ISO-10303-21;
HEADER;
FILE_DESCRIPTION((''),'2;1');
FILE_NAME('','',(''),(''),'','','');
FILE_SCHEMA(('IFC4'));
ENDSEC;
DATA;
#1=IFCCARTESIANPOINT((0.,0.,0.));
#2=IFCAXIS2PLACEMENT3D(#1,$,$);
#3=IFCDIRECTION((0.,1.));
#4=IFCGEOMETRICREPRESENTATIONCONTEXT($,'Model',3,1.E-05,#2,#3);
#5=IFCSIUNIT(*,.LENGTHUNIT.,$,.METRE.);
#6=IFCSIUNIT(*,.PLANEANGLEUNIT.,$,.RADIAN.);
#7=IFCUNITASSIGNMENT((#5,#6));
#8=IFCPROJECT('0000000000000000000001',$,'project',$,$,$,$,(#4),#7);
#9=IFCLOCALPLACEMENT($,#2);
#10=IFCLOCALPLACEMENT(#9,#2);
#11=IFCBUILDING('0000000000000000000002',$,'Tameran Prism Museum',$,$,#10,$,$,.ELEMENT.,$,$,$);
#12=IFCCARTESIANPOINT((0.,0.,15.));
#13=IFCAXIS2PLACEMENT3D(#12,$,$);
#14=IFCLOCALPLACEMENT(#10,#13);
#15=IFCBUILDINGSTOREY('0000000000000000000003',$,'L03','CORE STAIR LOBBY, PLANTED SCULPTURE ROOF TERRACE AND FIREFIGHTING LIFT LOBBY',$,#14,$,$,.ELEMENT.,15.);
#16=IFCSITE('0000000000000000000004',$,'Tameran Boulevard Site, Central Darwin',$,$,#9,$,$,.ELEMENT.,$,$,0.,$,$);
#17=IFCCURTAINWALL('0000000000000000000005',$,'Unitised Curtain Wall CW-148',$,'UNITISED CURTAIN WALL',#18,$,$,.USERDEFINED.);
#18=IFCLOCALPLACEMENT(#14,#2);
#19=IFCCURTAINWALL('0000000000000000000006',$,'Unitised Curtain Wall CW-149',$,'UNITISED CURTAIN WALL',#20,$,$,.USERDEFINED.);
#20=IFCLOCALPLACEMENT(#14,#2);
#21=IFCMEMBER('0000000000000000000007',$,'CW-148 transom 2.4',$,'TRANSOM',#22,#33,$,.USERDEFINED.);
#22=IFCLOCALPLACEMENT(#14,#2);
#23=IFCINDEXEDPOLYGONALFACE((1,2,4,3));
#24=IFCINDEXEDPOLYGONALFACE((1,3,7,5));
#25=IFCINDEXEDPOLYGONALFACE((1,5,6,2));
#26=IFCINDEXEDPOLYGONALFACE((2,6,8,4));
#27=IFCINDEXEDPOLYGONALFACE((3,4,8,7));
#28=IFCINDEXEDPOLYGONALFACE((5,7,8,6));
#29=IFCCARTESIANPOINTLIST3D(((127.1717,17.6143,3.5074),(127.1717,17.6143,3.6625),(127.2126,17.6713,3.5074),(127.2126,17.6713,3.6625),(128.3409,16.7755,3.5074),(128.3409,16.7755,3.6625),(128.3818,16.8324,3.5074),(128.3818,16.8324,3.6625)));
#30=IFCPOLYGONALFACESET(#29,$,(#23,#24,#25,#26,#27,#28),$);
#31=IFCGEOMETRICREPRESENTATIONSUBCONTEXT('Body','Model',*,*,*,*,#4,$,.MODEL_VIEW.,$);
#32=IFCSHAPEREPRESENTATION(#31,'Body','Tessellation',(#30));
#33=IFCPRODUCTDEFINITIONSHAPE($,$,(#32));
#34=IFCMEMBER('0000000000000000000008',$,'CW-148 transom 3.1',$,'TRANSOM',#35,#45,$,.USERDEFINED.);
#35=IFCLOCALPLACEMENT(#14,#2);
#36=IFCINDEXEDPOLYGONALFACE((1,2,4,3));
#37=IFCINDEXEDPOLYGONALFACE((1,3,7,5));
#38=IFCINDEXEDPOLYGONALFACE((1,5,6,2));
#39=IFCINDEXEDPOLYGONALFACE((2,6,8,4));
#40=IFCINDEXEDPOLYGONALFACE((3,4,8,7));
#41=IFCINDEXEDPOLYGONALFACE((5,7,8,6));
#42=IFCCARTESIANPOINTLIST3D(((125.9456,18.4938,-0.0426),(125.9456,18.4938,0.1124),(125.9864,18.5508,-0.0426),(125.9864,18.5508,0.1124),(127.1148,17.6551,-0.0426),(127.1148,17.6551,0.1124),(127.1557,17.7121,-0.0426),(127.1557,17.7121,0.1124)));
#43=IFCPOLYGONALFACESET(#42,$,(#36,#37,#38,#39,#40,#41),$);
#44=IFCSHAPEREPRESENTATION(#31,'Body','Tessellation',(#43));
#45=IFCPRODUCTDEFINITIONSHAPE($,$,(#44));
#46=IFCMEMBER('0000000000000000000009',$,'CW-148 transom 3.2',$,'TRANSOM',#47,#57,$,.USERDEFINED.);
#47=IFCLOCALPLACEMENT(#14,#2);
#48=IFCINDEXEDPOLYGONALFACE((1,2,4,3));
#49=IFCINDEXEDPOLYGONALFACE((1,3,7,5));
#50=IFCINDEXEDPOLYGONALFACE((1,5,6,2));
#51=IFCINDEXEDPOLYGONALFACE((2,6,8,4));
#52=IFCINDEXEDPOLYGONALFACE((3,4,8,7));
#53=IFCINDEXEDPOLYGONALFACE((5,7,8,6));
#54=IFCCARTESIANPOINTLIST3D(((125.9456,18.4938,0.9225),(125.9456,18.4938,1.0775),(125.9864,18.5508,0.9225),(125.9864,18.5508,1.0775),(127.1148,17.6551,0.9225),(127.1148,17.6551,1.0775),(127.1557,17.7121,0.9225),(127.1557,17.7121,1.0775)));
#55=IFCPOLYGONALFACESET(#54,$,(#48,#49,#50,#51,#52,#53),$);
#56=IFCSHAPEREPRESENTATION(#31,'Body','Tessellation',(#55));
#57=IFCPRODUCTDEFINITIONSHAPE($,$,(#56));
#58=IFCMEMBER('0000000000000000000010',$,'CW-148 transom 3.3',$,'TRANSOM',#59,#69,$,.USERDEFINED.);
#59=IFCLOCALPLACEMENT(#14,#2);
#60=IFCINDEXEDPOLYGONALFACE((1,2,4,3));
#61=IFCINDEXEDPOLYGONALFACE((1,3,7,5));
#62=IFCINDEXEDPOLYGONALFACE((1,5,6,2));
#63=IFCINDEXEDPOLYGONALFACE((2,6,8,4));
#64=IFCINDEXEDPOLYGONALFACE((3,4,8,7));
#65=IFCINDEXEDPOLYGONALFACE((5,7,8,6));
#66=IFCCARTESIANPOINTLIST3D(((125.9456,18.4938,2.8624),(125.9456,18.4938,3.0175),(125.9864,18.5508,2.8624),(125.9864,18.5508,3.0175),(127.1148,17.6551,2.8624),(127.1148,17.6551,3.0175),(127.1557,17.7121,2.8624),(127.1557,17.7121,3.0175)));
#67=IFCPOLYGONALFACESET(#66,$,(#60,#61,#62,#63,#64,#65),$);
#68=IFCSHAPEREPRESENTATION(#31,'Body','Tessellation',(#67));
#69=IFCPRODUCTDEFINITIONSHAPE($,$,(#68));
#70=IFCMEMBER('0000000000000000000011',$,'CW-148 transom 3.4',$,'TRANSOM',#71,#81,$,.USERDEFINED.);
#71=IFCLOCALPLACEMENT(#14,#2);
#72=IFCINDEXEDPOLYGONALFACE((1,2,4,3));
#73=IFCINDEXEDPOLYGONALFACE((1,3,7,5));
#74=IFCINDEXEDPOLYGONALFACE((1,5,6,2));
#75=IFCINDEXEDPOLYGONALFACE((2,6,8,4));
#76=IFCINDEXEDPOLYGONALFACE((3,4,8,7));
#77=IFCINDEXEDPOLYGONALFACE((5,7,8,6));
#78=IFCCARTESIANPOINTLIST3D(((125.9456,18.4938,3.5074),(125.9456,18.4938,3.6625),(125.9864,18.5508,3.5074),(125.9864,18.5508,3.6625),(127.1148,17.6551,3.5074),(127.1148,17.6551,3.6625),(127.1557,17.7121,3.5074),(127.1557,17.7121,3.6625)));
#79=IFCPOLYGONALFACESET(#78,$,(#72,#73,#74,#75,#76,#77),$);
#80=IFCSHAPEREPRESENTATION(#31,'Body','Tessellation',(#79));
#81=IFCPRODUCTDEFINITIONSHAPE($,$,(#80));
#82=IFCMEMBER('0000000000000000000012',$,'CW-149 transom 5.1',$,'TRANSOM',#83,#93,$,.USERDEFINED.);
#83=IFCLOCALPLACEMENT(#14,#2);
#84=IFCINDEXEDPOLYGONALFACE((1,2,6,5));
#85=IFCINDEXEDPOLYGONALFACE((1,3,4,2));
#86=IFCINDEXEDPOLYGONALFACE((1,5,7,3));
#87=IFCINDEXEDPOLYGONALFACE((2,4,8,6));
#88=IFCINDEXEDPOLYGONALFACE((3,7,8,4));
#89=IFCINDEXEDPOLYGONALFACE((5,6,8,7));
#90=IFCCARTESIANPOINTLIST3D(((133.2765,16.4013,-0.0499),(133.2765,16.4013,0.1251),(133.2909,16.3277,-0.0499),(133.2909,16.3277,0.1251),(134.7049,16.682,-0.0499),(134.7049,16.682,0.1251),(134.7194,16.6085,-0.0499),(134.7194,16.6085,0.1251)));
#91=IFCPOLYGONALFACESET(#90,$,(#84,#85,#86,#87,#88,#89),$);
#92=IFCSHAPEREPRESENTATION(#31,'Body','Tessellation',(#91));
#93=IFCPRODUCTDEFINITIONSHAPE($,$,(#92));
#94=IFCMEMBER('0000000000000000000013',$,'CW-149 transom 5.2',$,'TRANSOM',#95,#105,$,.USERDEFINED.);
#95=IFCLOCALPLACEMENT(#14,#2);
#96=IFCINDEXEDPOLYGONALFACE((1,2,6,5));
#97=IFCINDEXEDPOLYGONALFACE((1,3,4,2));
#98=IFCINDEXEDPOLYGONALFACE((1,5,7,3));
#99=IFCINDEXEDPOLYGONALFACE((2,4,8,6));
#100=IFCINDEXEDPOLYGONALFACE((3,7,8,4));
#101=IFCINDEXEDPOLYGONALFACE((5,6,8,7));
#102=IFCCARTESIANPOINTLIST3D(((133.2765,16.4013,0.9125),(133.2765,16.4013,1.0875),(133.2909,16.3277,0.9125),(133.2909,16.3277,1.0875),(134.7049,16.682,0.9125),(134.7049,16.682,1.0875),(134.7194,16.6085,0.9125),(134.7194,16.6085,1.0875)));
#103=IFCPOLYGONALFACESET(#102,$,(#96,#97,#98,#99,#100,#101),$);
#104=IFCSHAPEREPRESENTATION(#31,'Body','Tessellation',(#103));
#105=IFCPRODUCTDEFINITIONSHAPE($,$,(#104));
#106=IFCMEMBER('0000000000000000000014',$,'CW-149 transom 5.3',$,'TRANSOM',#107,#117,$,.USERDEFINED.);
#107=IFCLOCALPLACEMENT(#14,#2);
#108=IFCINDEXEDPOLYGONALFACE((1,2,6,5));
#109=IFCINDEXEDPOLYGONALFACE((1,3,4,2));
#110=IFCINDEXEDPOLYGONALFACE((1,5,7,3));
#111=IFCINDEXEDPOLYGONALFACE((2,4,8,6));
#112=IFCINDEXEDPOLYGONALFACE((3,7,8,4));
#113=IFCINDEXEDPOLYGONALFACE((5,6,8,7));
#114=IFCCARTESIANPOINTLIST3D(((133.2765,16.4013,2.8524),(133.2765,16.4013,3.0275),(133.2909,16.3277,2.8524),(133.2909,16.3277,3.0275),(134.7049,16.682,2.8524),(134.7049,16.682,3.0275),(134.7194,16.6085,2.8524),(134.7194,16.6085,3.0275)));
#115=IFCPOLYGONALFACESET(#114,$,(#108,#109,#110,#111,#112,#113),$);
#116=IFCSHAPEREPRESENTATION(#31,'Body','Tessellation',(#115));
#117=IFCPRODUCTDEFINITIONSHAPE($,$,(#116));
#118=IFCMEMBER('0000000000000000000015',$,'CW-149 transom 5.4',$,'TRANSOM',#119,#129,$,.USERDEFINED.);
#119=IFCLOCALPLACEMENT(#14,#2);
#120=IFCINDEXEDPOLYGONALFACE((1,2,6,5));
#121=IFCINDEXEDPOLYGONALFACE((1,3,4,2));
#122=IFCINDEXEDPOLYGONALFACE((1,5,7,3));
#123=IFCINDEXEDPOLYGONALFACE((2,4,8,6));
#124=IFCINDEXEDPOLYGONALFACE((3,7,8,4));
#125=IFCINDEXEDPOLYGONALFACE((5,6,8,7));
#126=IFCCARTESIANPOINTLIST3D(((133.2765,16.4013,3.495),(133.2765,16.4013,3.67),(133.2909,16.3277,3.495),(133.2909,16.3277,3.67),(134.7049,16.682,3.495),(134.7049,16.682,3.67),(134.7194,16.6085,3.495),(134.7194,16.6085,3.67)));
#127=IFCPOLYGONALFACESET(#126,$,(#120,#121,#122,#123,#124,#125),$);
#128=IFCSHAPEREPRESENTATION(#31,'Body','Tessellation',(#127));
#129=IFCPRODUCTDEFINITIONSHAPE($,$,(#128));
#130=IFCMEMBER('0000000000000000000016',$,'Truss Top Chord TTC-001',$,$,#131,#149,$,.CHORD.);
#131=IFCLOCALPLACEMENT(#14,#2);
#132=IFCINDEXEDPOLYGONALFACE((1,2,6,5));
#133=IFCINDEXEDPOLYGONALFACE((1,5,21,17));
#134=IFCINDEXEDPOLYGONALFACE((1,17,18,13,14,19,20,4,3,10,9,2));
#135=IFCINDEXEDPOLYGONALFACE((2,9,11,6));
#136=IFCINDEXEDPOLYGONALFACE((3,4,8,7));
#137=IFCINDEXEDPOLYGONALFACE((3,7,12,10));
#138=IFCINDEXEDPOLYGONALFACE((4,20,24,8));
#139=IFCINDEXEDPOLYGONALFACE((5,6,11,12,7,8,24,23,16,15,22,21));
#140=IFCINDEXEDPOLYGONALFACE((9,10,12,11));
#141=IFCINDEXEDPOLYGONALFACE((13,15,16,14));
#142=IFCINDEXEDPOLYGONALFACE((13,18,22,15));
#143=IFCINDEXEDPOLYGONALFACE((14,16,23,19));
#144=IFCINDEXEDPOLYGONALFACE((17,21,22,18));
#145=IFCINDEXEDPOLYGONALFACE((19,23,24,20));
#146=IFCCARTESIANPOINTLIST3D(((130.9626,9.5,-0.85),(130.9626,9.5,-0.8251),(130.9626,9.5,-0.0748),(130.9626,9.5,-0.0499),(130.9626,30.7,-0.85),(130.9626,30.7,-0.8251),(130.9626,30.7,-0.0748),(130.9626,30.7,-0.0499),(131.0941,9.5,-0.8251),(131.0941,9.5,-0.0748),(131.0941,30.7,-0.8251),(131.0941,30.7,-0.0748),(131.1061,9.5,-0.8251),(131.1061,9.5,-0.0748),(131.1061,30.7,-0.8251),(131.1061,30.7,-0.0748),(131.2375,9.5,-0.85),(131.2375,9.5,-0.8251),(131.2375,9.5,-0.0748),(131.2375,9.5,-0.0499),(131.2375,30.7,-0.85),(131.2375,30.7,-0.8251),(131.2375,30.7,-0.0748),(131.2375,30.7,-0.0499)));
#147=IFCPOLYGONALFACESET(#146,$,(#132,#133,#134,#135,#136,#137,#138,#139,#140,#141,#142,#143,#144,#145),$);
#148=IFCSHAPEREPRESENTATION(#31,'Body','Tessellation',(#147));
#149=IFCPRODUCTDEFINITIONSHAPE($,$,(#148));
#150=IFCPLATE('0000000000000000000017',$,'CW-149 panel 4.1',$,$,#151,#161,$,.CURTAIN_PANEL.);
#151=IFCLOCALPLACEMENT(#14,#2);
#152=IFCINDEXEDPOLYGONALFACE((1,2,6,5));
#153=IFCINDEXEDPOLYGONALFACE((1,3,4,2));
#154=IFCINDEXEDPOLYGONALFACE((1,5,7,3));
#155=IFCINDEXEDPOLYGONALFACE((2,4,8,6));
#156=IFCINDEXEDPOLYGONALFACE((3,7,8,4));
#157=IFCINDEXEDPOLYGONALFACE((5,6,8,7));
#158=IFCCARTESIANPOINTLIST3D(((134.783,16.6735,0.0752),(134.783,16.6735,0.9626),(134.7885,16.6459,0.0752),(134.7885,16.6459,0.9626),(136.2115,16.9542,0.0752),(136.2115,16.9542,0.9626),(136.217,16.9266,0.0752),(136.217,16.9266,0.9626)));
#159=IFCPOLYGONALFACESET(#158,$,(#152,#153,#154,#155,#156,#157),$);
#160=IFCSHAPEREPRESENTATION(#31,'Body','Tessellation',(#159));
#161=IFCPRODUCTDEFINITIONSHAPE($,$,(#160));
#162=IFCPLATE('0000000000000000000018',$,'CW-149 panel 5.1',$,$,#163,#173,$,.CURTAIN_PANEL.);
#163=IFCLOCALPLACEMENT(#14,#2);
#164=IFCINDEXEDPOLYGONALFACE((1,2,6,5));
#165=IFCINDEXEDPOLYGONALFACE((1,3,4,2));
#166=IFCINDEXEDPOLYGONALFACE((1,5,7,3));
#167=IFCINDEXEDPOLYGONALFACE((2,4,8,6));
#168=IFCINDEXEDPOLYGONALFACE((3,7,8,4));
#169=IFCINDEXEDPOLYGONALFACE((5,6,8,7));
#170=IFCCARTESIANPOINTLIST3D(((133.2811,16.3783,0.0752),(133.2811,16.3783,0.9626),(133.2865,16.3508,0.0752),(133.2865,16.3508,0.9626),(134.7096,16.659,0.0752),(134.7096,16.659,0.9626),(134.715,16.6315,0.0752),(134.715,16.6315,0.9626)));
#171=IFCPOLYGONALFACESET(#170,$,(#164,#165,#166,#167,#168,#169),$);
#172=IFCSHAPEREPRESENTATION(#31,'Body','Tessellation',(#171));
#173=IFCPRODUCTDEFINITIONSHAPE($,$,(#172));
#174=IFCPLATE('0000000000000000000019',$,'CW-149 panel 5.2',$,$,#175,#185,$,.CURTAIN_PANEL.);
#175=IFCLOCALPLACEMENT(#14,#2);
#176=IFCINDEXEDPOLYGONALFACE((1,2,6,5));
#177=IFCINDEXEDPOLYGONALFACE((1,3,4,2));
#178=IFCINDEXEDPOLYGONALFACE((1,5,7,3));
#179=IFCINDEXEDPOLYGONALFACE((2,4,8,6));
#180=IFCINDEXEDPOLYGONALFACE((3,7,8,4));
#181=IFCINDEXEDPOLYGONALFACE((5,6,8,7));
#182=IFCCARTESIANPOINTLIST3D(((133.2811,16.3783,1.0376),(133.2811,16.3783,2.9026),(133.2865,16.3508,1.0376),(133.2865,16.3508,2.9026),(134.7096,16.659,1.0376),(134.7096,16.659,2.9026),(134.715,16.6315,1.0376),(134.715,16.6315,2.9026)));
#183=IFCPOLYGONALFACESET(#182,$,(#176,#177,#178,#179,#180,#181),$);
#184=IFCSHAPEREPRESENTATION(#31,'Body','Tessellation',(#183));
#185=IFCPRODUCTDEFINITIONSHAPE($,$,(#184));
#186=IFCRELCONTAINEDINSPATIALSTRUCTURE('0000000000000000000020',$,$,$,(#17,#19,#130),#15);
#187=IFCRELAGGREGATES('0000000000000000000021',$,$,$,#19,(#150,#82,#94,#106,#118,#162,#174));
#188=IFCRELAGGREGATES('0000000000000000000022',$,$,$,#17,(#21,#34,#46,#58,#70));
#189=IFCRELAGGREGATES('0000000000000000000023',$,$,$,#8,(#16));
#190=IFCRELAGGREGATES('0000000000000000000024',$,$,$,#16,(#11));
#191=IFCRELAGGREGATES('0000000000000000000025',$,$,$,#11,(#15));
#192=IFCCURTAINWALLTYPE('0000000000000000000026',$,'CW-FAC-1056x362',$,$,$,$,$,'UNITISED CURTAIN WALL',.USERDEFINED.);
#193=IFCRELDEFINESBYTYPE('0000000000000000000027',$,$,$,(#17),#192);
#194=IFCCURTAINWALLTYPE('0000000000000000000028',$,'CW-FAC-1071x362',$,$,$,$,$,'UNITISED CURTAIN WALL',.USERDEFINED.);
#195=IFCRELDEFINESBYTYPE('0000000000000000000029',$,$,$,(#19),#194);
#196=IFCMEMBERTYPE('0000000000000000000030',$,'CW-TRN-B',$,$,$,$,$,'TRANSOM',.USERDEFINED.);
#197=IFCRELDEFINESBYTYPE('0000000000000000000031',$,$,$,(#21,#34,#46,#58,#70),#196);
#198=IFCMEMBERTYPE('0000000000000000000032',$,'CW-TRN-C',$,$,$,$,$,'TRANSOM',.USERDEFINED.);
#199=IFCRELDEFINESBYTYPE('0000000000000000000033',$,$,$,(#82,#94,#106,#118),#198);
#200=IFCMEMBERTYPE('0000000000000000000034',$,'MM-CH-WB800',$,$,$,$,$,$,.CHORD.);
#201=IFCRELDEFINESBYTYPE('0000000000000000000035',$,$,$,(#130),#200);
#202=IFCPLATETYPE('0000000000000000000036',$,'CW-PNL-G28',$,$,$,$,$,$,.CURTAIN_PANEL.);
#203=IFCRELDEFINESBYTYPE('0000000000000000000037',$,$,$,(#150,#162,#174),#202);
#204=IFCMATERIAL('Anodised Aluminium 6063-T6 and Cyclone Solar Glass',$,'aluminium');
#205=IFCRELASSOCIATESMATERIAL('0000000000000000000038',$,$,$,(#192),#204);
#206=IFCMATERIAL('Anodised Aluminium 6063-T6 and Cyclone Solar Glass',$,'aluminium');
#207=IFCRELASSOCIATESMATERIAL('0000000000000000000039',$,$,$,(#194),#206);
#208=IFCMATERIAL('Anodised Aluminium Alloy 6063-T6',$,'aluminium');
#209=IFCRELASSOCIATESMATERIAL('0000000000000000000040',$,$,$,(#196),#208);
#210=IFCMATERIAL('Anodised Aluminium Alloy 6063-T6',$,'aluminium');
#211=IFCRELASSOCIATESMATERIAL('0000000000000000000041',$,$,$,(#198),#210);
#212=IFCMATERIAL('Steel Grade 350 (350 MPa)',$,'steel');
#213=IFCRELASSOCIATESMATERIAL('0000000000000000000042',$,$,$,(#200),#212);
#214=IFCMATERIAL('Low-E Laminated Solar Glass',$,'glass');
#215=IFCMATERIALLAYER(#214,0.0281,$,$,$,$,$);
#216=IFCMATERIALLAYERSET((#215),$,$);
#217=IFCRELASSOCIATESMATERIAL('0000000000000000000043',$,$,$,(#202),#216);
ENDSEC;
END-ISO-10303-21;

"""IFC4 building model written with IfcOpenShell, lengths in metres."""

from ifc_helpers import new_model, si_unit, direction, frame, origin, origin_2d, place, context, subcontext, project, spatial, rectangle, i_section, extrude, material, layer, layer_set, material_profile, profile_set, type_object, element, aggregate, save


model = new_model("IFC4")

# Units and contexts
model_context = context("Model", 3, precision=1e-05, world=origin(), true_north=direction((0.0, 1.0)))
body_context = subcontext(model_context, "Body", "Model", "MODEL_VIEW")
ifc_project = project(units=[si_unit("LENGTHUNIT", "METRE"), si_unit("PLANEANGLEUNIT", "RADIAN")], contexts=[model_context])

# Site, building, storey
site_placement = place(None, origin())
site = spatial("IfcSite", under=ifc_project, at=site_placement, Name="Tameran Boulevard Site, Central Darwin", CompositionType="ELEMENT", RefElevation=0.0)
building_placement = place(site_placement, origin())
building = spatial("IfcBuilding", under=site, at=building_placement, Name="Tameran Prism Museum", CompositionType="ELEMENT")
storey_placement = place(building_placement, frame((0.0, 0.0, 15.0)))
storey = spatial("IfcBuildingStorey", under=building, at=storey_placement, Name="L03", Description="CORE STAIR LOBBY, PLANTED SCULPTURE ROOF TERRACE AND FIREFIGHTING LIFT LOBBY", CompositionType="ELEMENT", Elevation=15.0)

# Curtain walls
ifc_material_1 = material(Name="Anodised Aluminium 6063-T6 and Cyclone Solar Glass", Category="aluminium")
curtain_wall_type_1 = type_object("IfcCurtainWallType", Name="CW-FAC-1056x362", ElementType="UNITISED CURTAIN WALL", PredefinedType="USERDEFINED", material=ifc_material_1)
curtain_wall_1_placement = place(storey_placement, origin())
curtain_wall_1 = element("IfcCurtainWall", 1, at=curtain_wall_1_placement, inside=storey, type_object=curtain_wall_type_1, Name="Unitised Curtain Wall CW-148", ObjectType="UNITISED CURTAIN WALL", PredefinedType="USERDEFINED")
ifc_material_2 = material(Name="Anodised Aluminium 6063-T6 and Cyclone Solar Glass", Category="aluminium")
curtain_wall_type_2 = type_object("IfcCurtainWallType", Name="CW-FAC-1071x362", ElementType="UNITISED CURTAIN WALL", PredefinedType="USERDEFINED", material=ifc_material_2)
curtain_wall_2_placement = place(storey_placement, origin())
curtain_wall_2 = element("IfcCurtainWall", 2, at=curtain_wall_2_placement, inside=storey, type_object=curtain_wall_type_2, Name="Unitised Curtain Wall CW-149", ObjectType="UNITISED CURTAIN WALL", PredefinedType="USERDEFINED")

# Members
ifc_material_3 = material(Name="Anodised Aluminium Alloy 6063-T6", Category="aluminium")
ifc_material_profile_1 = material_profile(ifc_material_3, rectangle(XDim=0.0701, YDim=0.155, at=origin_2d()))
ifc_profile_set_1 = profile_set([ifc_material_profile_1])
member_type_1 = type_object("IfcMemberType", Name="CW-TRN-B", ElementType="TRANSOM", PredefinedType="USERDEFINED", material=ifc_profile_set_1)
member_1_placement = place(storey_placement, frame((128.3613, 16.804, 3.585), z_axis=(-0.812505, 0.582954, 0.0), x_axis=(-0.582954, -0.812505, 0.0)))
member_1 = element("IfcMember", 3, at=member_1_placement, type_object=member_type_1, Name="CW-148 transom 2.4", ObjectType="TRANSOM", PredefinedType="USERDEFINED", context=body_context, shape_type="SweptSolid", body=[
    extrude(rectangle(XDim=0.0701, YDim=0.155, at=origin_2d()), origin(), (0.0, 0.0, 1.0), 1.439),
])
member_2_placement = place(storey_placement, frame((127.1353, 17.6836, 0.0349), z_axis=(-0.812585, 0.582842, 0.0), x_axis=(-0.582842, -0.812585, 0.0)))
member_2 = element("IfcMember", 4, at=member_2_placement, type_object=member_type_1, Name="CW-148 transom 3.1", ObjectType="TRANSOM", PredefinedType="USERDEFINED", context=body_context, shape_type="SweptSolid", body=[
    extrude(rectangle(XDim=0.0701, YDim=0.155, at=origin_2d()), origin(), (0.0, 0.0, 1.0), 1.439),
])
member_3_placement = place(storey_placement, frame((127.1353, 17.6836, 1.0), z_axis=(-0.812585, 0.582842, 0.0), x_axis=(-0.582842, -0.812585, 0.0)))
member_3 = element("IfcMember", 5, at=member_3_placement, type_object=member_type_1, Name="CW-148 transom 3.2", ObjectType="TRANSOM", PredefinedType="USERDEFINED", context=body_context, shape_type="SweptSolid", body=[
    extrude(rectangle(XDim=0.0701, YDim=0.155, at=origin_2d()), origin(), (0.0, 0.0, 1.0), 1.439),
])
member_4_placement = place(storey_placement, frame((127.1353, 17.6836, 2.9399), z_axis=(-0.812585, 0.582842, 0.0), x_axis=(-0.582842, -0.812585, 0.0)))
member_4 = element("IfcMember", 6, at=member_4_placement, type_object=member_type_1, Name="CW-148 transom 3.3", ObjectType="TRANSOM", PredefinedType="USERDEFINED", context=body_context, shape_type="SweptSolid", body=[
    extrude(rectangle(XDim=0.0701, YDim=0.155, at=origin_2d()), origin(), (0.0, 0.0, 1.0), 1.439),
])
member_5_placement = place(storey_placement, frame((127.1353, 17.6836, 3.585), z_axis=(-0.812585, 0.582842, 0.0), x_axis=(-0.582842, -0.812585, 0.0)))
member_5 = element("IfcMember", 7, at=member_5_placement, type_object=member_type_1, Name="CW-148 transom 3.4", ObjectType="TRANSOM", PredefinedType="USERDEFINED", context=body_context, shape_type="SweptSolid", body=[
    extrude(rectangle(XDim=0.0701, YDim=0.155, at=origin_2d()), origin(), (0.0, 0.0, 1.0), 1.439),
])
ifc_material_4 = material(Name="Anodised Aluminium Alloy 6063-T6", Category="aluminium")
ifc_material_profile_2 = material_profile(ifc_material_4, rectangle(XDim=0.075, YDim=0.175, at=origin_2d()))
ifc_profile_set_2 = profile_set([ifc_material_profile_2])
member_type_2 = type_object("IfcMemberType", Name="CW-TRN-C", ElementType="TRANSOM", PredefinedType="USERDEFINED", material=ifc_profile_set_2)
member_6_placement = place(storey_placement, frame((134.7122, 16.6453, 0.0376), z_axis=(-0.981227, -0.192858, 0.0), x_axis=(0.192858, -0.981227, 0.0)))
member_6 = element("IfcMember", 8, at=member_6_placement, type_object=member_type_2, Name="CW-149 transom 5.1", ObjectType="TRANSOM", PredefinedType="USERDEFINED", context=body_context, shape_type="SweptSolid", body=[
    extrude(rectangle(XDim=0.075, YDim=0.175, at=origin_2d()), origin(), (0.0, 0.0, 1.0), 1.4558),
])
member_7_placement = place(storey_placement, frame((134.7122, 16.6453, 1.0), z_axis=(-0.981227, -0.192858, 0.0), x_axis=(0.192858, -0.981227, 0.0)))
member_7 = element("IfcMember", 9, at=member_7_placement, type_object=member_type_2, Name="CW-149 transom 5.2", ObjectType="TRANSOM", PredefinedType="USERDEFINED", context=body_context, shape_type="SweptSolid", body=[
    extrude(rectangle(XDim=0.075, YDim=0.175, at=origin_2d()), origin(), (0.0, 0.0, 1.0), 1.4558),
])
member_8_placement = place(storey_placement, frame((134.7122, 16.6453, 2.9399), z_axis=(-0.981227, -0.192858, 0.0), x_axis=(0.192858, -0.981227, 0.0)))
member_8 = element("IfcMember", 10, at=member_8_placement, type_object=member_type_2, Name="CW-149 transom 5.3", ObjectType="TRANSOM", PredefinedType="USERDEFINED", context=body_context, shape_type="SweptSolid", body=[
    extrude(rectangle(XDim=0.075, YDim=0.175, at=origin_2d()), origin(), (0.0, 0.0, 1.0), 1.4558),
])
member_9_placement = place(storey_placement, frame((134.7122, 16.6453, 3.5825), z_axis=(-0.981227, -0.192858, 0.0), x_axis=(0.192858, -0.981227, 0.0)))
member_9 = element("IfcMember", 11, at=member_9_placement, type_object=member_type_2, Name="CW-149 transom 5.4", ObjectType="TRANSOM", PredefinedType="USERDEFINED", context=body_context, shape_type="SweptSolid", body=[
    extrude(rectangle(XDim=0.075, YDim=0.175, at=origin_2d()), origin(), (0.0, 0.0, 1.0), 1.4558),
])
ifc_material_5 = material(Name="Steel Grade 350 (350 MPa)", Category="steel")
ifc_material_profile_3 = material_profile(ifc_material_5, i_section(OverallWidth=0.2749, OverallDepth=0.8, WebThickness=0.012, FlangeThickness=0.0249, at=origin_2d()))
ifc_profile_set_3 = profile_set([ifc_material_profile_3])
member_type_3 = type_object("IfcMemberType", Name="MM-CH-WB800", PredefinedType="CHORD", material=ifc_profile_set_3)
member_10_placement = place(storey_placement, frame((131.1001, 30.7, -0.45), z_axis=(0.0, -1.0, 0.0), x_axis=(1.0, 0.0, 0.0)))
element("IfcMember", 12, at=member_10_placement, inside=storey, type_object=member_type_3, Name="Truss Top Chord TTC-001", PredefinedType="CHORD", context=body_context, shape_type="SweptSolid", body=[
    extrude(i_section(OverallWidth=0.2749, OverallDepth=0.8, WebThickness=0.012, FlangeThickness=0.0249, at=origin_2d()), origin(), (0.0, 0.0, 1.0), 21.2),
])

# Plates
ifc_material_6 = material(Name="Low-E Laminated Solar Glass", Category="glass")
ifc_layer_1 = layer(ifc_material_6, 0.0281)
ifc_layer_set_1 = layer_set([ifc_layer_1])
plate_type_1 = type_object("IfcPlateType", Name="CW-PNL-G28", PredefinedType="CURTAIN_PANEL", material=ifc_layer_set_1)
plate_1_placement = place(storey_placement, frame((135.5, 16.8, 0.0752), z_axis=(0.0, 0.0, 1.0), x_axis=(-0.981236, -0.192813, 0.0)))
plate_1 = element("IfcPlate", 13, at=plate_1_placement, type_object=plate_type_1, Name="CW-149 panel 4.1", PredefinedType="CURTAIN_PANEL", context=body_context, shape_type="SweptSolid", body=[
    extrude(rectangle(XDim=1.4558, YDim=0.0281, at=origin_2d()), origin(), (0.0, 0.0, 1.0), 0.8875),
])
plate_2_placement = place(storey_placement, frame((133.998, 16.5049, 0.0752), z_axis=(0.0, 0.0, 1.0), x_axis=(-0.981236, -0.192813, 0.0)))
plate_2 = element("IfcPlate", 14, at=plate_2_placement, type_object=plate_type_1, Name="CW-149 panel 5.1", PredefinedType="CURTAIN_PANEL", context=body_context, shape_type="SweptSolid", body=[
    extrude(rectangle(XDim=1.4558, YDim=0.0281, at=origin_2d()), origin(), (0.0, 0.0, 1.0), 0.8875),
])
plate_3_placement = place(storey_placement, frame((133.998, 16.5049, 1.0376), z_axis=(0.0, 0.0, 1.0), x_axis=(-0.981236, -0.192813, 0.0)))
plate_3 = element("IfcPlate", 15, at=plate_3_placement, type_object=plate_type_1, Name="CW-149 panel 5.2", PredefinedType="CURTAIN_PANEL", context=body_context, shape_type="SweptSolid", body=[
    extrude(rectangle(XDim=1.4558, YDim=0.0281, at=origin_2d()), origin(), (0.0, 0.0, 1.0), 1.865),
])
aggregate(curtain_wall_2, [plate_1, member_6, member_7, member_8, member_9, plate_2, plate_3])
aggregate(curtain_wall_1, [member_1, member_2, member_3, member_4, member_5])

save(model, "model.ifc")
